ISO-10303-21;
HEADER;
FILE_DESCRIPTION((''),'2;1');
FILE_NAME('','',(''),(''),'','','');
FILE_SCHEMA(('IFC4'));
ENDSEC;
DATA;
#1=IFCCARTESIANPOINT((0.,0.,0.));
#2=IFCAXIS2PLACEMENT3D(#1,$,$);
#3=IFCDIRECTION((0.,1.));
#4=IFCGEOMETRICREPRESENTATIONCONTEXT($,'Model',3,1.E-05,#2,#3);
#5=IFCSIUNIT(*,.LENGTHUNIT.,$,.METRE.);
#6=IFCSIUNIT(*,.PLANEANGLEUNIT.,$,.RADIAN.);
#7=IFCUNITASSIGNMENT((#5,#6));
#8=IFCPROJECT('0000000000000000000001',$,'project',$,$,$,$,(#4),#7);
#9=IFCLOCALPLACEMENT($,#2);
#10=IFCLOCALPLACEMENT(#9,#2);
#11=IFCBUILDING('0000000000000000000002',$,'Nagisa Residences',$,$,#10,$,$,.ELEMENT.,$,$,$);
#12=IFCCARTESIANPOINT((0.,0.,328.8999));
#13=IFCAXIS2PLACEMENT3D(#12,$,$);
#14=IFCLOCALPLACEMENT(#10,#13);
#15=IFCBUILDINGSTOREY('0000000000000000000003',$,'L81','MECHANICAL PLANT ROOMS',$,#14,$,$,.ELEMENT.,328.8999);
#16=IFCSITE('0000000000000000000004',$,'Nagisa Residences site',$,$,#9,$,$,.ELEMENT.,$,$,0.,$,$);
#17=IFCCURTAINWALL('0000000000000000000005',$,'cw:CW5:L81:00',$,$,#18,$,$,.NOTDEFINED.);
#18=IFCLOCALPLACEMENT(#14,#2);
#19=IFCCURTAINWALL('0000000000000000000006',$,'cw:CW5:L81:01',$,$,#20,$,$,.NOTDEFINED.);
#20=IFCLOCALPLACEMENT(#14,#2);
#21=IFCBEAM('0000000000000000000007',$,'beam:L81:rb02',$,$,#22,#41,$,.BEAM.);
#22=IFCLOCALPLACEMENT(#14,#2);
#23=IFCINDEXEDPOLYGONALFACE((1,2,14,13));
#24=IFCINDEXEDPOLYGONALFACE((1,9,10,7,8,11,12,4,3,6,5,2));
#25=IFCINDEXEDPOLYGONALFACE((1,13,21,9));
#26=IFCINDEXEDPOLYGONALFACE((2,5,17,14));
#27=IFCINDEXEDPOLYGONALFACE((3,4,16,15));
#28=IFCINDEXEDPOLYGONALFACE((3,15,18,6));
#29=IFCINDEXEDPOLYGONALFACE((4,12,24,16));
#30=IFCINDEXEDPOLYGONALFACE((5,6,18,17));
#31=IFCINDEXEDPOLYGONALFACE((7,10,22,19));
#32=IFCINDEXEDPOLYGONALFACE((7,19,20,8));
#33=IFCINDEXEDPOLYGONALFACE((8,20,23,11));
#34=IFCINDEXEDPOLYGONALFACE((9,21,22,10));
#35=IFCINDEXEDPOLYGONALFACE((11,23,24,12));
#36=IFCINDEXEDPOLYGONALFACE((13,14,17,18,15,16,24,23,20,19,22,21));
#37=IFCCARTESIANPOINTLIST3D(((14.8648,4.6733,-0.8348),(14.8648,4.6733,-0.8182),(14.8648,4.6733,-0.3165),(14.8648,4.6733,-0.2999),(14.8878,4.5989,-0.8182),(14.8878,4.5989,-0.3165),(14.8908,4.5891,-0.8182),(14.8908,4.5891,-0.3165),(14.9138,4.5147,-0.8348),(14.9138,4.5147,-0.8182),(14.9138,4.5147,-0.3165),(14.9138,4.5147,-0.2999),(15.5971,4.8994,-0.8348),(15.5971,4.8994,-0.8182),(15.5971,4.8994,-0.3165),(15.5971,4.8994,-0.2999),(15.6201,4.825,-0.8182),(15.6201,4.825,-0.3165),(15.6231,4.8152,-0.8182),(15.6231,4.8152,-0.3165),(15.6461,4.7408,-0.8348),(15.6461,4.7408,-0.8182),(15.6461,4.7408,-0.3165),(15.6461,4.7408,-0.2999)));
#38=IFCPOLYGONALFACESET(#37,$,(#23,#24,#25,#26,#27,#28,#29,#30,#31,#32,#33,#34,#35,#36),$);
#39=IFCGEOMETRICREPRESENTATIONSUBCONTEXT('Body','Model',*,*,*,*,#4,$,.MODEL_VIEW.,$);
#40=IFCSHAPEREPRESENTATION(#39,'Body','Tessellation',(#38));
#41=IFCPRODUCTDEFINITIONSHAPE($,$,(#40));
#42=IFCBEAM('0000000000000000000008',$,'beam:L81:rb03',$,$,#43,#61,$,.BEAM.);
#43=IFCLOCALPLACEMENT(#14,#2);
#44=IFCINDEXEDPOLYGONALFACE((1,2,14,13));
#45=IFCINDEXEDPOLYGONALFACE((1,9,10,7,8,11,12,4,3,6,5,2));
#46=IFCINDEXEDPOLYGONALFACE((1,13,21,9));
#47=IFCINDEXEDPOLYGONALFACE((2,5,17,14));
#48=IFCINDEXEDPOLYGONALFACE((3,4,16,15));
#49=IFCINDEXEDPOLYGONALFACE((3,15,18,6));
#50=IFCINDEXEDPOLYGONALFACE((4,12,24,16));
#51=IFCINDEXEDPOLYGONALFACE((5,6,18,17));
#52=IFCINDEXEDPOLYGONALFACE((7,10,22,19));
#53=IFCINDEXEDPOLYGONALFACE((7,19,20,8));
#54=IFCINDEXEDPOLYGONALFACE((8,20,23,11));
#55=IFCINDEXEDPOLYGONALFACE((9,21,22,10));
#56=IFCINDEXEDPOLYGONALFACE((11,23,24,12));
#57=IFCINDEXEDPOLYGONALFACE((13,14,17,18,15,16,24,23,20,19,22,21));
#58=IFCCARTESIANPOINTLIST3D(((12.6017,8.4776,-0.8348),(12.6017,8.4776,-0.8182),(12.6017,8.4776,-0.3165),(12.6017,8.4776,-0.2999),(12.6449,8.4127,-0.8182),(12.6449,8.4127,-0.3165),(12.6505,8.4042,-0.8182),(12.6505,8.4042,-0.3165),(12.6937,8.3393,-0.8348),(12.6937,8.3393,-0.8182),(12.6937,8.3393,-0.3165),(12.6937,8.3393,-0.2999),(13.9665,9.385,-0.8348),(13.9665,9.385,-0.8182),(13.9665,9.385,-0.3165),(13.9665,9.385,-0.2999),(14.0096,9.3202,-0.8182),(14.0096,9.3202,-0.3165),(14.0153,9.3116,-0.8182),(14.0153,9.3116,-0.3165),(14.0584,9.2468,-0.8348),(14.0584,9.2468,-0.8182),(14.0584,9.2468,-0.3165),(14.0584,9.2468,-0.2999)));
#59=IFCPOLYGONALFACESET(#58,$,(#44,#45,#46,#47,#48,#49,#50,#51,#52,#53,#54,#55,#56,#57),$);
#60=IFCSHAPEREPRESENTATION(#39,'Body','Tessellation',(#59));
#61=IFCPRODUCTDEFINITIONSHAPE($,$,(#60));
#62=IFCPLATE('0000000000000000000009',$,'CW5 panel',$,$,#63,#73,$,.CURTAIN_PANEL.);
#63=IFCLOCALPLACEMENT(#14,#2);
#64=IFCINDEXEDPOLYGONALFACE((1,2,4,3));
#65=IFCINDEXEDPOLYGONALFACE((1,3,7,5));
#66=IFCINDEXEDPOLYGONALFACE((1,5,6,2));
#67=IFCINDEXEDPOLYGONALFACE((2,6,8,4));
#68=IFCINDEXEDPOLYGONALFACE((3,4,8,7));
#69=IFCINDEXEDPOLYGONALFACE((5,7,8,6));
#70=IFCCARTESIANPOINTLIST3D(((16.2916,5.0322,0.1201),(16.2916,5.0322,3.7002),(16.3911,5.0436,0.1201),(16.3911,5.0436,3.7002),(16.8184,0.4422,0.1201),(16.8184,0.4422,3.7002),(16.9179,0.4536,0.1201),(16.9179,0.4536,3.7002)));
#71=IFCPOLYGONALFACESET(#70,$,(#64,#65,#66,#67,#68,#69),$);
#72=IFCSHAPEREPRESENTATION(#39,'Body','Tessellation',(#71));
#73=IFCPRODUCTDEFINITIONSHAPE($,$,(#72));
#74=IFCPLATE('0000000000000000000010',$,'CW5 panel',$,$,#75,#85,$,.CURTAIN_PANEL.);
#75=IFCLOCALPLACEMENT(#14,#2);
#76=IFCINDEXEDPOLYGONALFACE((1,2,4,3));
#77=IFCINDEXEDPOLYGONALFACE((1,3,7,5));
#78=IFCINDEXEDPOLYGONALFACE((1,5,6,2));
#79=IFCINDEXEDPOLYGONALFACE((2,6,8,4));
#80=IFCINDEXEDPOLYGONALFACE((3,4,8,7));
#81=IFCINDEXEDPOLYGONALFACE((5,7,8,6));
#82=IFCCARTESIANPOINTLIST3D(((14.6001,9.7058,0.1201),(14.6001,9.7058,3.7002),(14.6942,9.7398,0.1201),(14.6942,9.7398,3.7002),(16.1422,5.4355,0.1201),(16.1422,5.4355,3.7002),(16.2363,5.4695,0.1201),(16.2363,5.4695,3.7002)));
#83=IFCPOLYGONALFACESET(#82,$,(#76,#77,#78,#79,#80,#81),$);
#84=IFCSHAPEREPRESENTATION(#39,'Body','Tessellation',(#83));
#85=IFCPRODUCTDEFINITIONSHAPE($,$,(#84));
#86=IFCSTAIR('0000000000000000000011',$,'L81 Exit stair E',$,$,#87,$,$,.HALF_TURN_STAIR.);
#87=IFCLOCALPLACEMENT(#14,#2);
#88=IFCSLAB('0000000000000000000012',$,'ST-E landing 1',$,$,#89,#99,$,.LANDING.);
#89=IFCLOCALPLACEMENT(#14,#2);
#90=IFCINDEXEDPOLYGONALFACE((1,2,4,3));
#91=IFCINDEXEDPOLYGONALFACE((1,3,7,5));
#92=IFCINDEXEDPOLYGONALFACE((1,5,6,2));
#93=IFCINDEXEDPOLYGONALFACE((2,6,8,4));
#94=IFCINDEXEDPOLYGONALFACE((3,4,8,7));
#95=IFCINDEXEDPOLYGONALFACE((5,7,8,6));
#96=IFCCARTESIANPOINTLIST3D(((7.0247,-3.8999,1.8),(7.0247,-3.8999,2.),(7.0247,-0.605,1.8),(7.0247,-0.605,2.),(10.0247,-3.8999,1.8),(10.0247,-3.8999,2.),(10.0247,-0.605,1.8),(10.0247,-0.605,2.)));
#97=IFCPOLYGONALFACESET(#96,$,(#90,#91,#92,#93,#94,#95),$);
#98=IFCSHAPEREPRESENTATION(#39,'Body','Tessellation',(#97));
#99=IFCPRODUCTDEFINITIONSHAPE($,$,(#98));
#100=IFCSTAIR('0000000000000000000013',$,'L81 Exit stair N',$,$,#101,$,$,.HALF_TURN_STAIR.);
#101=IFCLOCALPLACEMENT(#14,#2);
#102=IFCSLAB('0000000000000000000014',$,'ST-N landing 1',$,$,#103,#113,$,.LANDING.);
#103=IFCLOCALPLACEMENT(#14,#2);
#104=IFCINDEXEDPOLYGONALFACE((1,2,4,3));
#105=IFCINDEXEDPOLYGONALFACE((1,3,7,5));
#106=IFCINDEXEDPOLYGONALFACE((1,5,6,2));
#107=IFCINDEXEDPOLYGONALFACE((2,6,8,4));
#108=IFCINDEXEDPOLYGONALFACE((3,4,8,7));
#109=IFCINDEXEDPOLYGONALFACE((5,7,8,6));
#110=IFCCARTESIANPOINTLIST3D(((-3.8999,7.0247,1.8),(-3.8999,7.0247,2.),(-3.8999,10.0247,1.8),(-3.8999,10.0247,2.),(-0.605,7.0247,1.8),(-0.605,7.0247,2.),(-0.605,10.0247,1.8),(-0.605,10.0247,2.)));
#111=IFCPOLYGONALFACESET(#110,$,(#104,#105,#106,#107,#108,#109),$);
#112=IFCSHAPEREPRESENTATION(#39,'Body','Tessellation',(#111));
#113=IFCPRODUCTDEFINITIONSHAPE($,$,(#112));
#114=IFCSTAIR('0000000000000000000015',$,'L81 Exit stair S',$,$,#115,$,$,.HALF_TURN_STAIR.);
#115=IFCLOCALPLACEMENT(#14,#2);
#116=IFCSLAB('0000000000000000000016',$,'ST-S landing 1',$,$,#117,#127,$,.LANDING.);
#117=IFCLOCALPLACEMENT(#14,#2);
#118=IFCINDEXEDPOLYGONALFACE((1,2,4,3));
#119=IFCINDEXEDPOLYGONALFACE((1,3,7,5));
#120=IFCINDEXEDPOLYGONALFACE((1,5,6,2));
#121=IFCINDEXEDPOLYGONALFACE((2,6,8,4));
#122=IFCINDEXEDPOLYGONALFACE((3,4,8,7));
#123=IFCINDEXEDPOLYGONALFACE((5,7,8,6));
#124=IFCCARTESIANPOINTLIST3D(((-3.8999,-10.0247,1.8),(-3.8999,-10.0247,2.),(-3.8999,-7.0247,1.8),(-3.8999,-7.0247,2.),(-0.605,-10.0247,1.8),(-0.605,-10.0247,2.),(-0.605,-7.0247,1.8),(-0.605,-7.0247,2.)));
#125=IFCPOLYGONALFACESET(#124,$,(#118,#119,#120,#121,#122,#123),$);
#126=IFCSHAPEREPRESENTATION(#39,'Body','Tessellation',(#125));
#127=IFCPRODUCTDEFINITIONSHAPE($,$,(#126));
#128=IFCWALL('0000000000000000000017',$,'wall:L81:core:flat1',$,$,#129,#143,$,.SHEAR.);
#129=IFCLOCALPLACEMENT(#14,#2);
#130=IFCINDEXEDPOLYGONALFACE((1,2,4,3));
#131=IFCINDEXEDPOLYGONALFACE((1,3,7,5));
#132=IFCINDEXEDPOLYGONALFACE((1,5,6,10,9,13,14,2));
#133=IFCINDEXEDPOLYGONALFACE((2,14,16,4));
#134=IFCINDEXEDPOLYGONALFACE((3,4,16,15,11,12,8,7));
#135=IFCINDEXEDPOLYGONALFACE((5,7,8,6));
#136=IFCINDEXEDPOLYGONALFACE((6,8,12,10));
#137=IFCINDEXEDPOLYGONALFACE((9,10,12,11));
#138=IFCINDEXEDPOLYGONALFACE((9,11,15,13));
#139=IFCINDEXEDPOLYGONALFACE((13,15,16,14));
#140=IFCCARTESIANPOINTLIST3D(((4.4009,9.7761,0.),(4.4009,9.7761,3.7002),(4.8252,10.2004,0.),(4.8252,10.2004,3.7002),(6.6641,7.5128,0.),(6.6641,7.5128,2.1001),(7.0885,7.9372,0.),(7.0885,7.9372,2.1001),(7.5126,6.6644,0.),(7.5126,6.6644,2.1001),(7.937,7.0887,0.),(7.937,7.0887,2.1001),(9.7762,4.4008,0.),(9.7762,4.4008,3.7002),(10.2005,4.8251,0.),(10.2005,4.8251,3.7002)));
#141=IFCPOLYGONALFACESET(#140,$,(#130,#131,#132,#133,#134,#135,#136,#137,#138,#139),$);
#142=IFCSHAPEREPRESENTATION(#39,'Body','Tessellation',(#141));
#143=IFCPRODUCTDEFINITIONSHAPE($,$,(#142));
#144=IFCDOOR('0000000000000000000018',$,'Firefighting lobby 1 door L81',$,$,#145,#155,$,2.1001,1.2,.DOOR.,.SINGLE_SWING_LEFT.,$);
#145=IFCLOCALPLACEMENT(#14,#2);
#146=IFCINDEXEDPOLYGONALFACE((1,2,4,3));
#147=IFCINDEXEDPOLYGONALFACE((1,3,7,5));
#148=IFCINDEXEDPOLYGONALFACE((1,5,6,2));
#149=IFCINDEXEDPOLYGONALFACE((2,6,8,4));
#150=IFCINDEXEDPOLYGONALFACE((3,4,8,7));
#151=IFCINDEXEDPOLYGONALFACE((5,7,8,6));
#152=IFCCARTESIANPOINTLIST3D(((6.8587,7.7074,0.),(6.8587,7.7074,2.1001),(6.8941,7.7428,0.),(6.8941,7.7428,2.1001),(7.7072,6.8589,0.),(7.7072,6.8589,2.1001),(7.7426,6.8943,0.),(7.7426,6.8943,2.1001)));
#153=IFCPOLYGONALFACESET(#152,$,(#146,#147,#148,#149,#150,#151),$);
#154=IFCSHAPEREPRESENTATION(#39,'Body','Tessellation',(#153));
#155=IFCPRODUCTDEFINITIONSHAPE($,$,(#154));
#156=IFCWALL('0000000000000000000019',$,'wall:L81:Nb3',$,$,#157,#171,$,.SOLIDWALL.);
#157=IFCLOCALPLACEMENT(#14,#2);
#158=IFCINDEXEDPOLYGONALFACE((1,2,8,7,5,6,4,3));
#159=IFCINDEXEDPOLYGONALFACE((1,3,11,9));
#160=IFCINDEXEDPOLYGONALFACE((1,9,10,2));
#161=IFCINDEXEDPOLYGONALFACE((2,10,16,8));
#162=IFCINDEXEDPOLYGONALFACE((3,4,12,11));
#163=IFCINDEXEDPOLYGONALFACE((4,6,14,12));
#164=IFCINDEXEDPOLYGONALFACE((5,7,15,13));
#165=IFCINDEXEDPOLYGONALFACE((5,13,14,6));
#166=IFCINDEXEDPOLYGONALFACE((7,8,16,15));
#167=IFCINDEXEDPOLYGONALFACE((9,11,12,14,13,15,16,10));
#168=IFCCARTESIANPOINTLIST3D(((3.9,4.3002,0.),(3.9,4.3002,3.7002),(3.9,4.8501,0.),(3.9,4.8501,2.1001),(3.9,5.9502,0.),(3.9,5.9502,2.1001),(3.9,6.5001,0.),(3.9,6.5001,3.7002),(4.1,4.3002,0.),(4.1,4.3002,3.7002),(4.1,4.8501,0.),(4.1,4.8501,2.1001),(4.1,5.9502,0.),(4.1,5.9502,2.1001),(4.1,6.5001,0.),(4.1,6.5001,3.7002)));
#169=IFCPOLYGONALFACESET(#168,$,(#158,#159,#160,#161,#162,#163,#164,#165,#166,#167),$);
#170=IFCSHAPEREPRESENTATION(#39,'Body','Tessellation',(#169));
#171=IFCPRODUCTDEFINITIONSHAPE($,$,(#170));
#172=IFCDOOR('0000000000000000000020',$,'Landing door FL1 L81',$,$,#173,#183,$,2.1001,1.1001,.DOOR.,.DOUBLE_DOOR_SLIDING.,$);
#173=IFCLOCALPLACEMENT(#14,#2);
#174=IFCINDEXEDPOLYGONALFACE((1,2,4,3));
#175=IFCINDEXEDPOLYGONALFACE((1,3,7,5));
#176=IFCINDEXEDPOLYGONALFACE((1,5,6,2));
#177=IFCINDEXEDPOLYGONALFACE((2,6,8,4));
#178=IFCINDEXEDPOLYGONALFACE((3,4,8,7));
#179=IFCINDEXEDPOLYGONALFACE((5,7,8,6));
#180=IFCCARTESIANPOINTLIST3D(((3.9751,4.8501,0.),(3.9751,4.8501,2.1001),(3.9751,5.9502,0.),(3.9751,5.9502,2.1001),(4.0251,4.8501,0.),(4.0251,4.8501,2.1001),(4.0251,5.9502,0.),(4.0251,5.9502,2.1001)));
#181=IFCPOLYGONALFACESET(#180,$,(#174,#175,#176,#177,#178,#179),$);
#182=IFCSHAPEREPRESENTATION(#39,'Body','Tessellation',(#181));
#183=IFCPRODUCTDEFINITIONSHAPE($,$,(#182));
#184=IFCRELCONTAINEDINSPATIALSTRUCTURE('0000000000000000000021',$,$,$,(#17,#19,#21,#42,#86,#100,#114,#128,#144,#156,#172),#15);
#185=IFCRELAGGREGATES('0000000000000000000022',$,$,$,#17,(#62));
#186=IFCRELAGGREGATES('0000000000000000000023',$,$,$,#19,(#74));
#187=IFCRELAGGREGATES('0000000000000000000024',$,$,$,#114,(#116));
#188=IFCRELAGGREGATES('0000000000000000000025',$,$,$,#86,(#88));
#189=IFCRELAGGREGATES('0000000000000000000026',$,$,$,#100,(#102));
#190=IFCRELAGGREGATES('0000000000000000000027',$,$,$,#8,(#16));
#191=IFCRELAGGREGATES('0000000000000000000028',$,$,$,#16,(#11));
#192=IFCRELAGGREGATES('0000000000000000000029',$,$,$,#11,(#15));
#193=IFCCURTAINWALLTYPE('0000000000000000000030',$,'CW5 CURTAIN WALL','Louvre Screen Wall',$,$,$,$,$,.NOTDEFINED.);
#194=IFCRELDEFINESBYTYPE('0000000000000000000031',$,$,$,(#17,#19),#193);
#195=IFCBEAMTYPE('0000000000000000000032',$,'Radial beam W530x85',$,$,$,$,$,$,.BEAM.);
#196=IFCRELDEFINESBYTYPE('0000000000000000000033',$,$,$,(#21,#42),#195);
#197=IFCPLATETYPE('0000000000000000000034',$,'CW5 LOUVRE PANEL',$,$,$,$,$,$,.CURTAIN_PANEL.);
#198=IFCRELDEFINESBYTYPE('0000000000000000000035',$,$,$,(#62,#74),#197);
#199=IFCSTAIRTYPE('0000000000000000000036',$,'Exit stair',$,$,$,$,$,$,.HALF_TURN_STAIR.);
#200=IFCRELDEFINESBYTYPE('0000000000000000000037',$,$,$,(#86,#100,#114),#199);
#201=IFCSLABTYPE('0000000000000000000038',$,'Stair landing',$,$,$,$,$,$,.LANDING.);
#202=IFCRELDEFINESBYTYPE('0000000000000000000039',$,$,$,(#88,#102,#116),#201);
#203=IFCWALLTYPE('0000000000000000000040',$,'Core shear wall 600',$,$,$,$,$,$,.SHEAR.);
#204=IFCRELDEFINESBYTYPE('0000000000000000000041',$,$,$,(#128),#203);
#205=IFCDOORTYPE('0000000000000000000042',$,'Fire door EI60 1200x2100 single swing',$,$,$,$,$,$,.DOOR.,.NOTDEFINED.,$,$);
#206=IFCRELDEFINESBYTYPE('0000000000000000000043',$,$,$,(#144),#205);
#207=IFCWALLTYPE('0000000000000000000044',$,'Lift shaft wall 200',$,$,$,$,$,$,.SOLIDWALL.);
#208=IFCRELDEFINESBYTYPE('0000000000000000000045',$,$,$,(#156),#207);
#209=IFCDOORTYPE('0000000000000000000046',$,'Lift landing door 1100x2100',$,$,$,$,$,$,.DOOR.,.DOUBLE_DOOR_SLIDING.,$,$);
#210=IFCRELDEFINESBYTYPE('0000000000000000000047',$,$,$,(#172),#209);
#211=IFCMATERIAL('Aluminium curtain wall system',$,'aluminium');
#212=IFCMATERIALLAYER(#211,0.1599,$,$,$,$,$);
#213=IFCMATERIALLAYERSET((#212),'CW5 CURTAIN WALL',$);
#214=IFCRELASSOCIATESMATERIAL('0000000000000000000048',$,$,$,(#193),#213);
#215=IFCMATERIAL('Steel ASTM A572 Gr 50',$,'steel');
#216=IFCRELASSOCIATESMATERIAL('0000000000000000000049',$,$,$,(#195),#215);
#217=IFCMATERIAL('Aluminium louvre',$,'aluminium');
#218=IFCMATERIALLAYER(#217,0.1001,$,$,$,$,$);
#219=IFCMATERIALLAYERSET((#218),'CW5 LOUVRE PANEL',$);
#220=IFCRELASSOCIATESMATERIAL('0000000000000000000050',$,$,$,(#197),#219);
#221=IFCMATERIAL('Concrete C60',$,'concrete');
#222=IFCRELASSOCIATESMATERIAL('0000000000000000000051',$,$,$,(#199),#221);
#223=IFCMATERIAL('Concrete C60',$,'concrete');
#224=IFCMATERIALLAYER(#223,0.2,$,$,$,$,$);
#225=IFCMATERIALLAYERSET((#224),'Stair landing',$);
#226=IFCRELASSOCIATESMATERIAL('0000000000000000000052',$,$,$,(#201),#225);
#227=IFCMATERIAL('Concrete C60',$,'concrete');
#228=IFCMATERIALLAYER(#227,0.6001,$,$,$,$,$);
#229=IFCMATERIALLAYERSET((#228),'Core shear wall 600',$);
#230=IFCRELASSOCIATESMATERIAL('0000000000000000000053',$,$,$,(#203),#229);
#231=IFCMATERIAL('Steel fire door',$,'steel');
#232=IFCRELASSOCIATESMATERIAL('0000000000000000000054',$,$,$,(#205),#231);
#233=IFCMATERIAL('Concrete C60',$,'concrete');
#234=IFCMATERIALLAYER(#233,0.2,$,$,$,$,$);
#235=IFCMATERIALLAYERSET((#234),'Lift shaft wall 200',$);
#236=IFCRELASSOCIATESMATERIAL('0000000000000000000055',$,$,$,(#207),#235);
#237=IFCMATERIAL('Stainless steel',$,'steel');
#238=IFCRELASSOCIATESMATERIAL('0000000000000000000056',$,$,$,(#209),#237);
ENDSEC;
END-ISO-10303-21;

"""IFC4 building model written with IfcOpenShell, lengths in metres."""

from ifc_helpers import new_model, si_unit, direction, frame, frame_2d, origin, origin_2d, place, context, subcontext, project, spatial, polyline, rectangle, i_section, outline, extrude, material, layer, layer_set, material_profile, profile_set, type_object, element, fill, aggregate, save


model = new_model("IFC4")

# Units and contexts
model_context = context("Model", 3, precision=1e-05, world=origin(), true_north=direction((0.0, 1.0)))
body_context = subcontext(model_context, "Body", "Model", "MODEL_VIEW")
ifc_project = project(units=[si_unit("LENGTHUNIT", "METRE"), si_unit("PLANEANGLEUNIT", "RADIAN")], contexts=[model_context])

# Site, building, storey
site_placement = place(None, origin())
site = spatial("IfcSite", under=ifc_project, at=site_placement, Name="Nagisa Residences site", CompositionType="ELEMENT", RefElevation=0.0)
building_placement = place(site_placement, origin())
building = spatial("IfcBuilding", under=site, at=building_placement, Name="Nagisa Residences", CompositionType="ELEMENT")
storey_placement = place(building_placement, frame((0.0, 0.0, 328.8999)))
storey = spatial("IfcBuildingStorey", under=building, at=storey_placement, Name="L81", Description="MECHANICAL PLANT ROOMS", CompositionType="ELEMENT", Elevation=328.8999)

# Curtain walls
ifc_material_1 = material(Name="Aluminium curtain wall system", Category="aluminium")
ifc_layer_1 = layer(ifc_material_1, 0.1599)
ifc_layer_set_1 = layer_set([ifc_layer_1], Name="CW5 CURTAIN WALL")
curtain_wall_type = type_object("IfcCurtainWallType", Name="CW5 CURTAIN WALL", Description="Louvre Screen Wall", PredefinedType="NOTDEFINED", material=ifc_layer_set_1)
curtain_wall_1_placement = place(storey_placement, origin())
curtain_wall_1 = element("IfcCurtainWall", 1, at=curtain_wall_1_placement, inside=storey, type_object=curtain_wall_type, Name="cw:CW5:L81:00", PredefinedType="NOTDEFINED")
curtain_wall_2_placement = place(storey_placement, origin())
curtain_wall_2 = element("IfcCurtainWall", 2, at=curtain_wall_2_placement, inside=storey, type_object=curtain_wall_type, Name="cw:CW5:L81:01", PredefinedType="NOTDEFINED")

# Beams
ifc_material_2 = material(Name="Steel ASTM A572 Gr 50", Category="steel")
ifc_material_profile_1 = material_profile(ifc_material_2, i_section(OverallWidth=0.166, OverallDepth=0.5349, WebThickness=0.0103, FlangeThickness=0.0166, at=origin_2d()), Name="W530x85")
ifc_profile_set_1 = profile_set([ifc_material_profile_1], Name="Steel ASTM A572 Gr 50")
beam_type_1 = type_object("IfcBeamType", Name="Radial beam W530x85", PredefinedType="BEAM", material=ifc_profile_set_1)
beam_1_placement = place(storey_placement, frame((15.6216, 4.8201, -0.5674), z_axis=(-0.955489, -0.295026, 0.0), x_axis=(0.295026, -0.955489, 0.0)))
element("IfcBeam", 3, at=beam_1_placement, inside=storey, type_object=beam_type_1, Name="beam:L81:rb02", PredefinedType="BEAM", context=body_context, shape_type="SweptSolid", body=[
    extrude(i_section(OverallWidth=0.166, OverallDepth=0.5349, WebThickness=0.0103, FlangeThickness=0.0166, at=origin_2d()), origin(), (0.0, 0.0, 1.0), 0.7664),
])
beam_2_placement = place(storey_placement, frame((14.0125, 9.3159, -0.5674), z_axis=(-0.832714, -0.553703, 0.0), x_axis=(0.553703, -0.832714, 0.0)))
element("IfcBeam", 4, at=beam_2_placement, inside=storey, type_object=beam_type_1, Name="beam:L81:rb03", PredefinedType="BEAM", context=body_context, shape_type="SweptSolid", body=[
    extrude(i_section(OverallWidth=0.166, OverallDepth=0.5349, WebThickness=0.0103, FlangeThickness=0.0166, at=origin_2d()), origin(), (0.0, 0.0, 1.0), 1.6389),
])

# Plates
ifc_material_3 = material(Name="Aluminium louvre", Category="aluminium")
ifc_layer_2 = layer(ifc_material_3, 0.1001)
ifc_layer_set_2 = layer_set([ifc_layer_2], Name="CW5 LOUVRE PANEL")
plate_type = type_object("IfcPlateType", Name="CW5 LOUVRE PANEL", PredefinedType="CURTAIN_PANEL", material=ifc_layer_set_2)
plate_1_placement = place(storey_placement, frame((16.6047, 2.7429, 0.1201), z_axis=(0.0, 0.0, 1.0), x_axis=(-0.114025, 0.993478, 0.0)))
plate_1 = element("IfcPlate", 5, at=plate_1_placement, type_object=plate_type, Name="CW5 panel", PredefinedType="CURTAIN_PANEL", context=body_context, shape_type="SweptSolid", body=[
    extrude(rectangle(XDim=4.6201, YDim=0.1001, at=origin_2d()), origin(), (0.0, 0.0, 1.0), 3.5801),
])
aggregate(curtain_wall_1, [plate_1])
plate_2_placement = place(storey_placement, frame((15.4182, 7.5876, 0.1201), z_axis=(0.0, 0.0, 1.0), x_axis=(-0.339643, 0.940554, 0.0)))
plate_2 = element("IfcPlate", 6, at=plate_2_placement, type_object=plate_type, Name="CW5 panel", PredefinedType="CURTAIN_PANEL", context=body_context, shape_type="SweptSolid", body=[
    extrude(rectangle(XDim=4.5403, YDim=0.1001, at=origin_2d()), origin(), (0.0, 0.0, 1.0), 3.5801),
])
aggregate(curtain_wall_2, [plate_2])

# Stairs, slabs
ifc_material_4 = material(Name="Concrete C60", Category="concrete")
stair_type = type_object("IfcStairType", Name="Exit stair", PredefinedType="HALF_TURN_STAIR", material=ifc_material_4)
stair_1_placement = place(storey_placement, origin())
stair_1 = element("IfcStair", 7, at=stair_1_placement, inside=storey, type_object=stair_type, Name="L81 Exit stair E", PredefinedType="HALF_TURN_STAIR")
ifc_material_5 = material(Name="Concrete C60", Category="concrete")
ifc_layer_3 = layer(ifc_material_5, 0.2)
ifc_layer_set_3 = layer_set([ifc_layer_3], Name="Stair landing")
slab_type = type_object("IfcSlabType", Name="Stair landing", PredefinedType="LANDING", material=ifc_layer_set_3)
slab_1_placement = place(storey_placement, frame((0.0, 0.0, 1.8)))
slab_1 = element("IfcSlab", 8, at=slab_1_placement, type_object=slab_type, Name="ST-E landing 1", PredefinedType="LANDING", context=body_context, shape_type="SweptSolid", body=[
    extrude(outline(polyline([(7.0247, -0.605), (7.0247, -3.8999), (10.0247, -3.8999), (10.0247, -0.605), (7.0247, -0.605)])), origin(), (0.0, 0.0, 1.0), 0.2),
])
stair_2_placement = place(storey_placement, origin())
stair_2 = element("IfcStair", 9, at=stair_2_placement, inside=storey, type_object=stair_type, Name="L81 Exit stair N", PredefinedType="HALF_TURN_STAIR")
slab_2_placement = place(storey_placement, frame((0.0, 0.0, 1.8)))
slab_2 = element("IfcSlab", 10, at=slab_2_placement, type_object=slab_type, Name="ST-N landing 1", PredefinedType="LANDING", context=body_context, shape_type="SweptSolid", body=[
    extrude(outline(polyline([(-0.605, 10.0247), (-3.8999, 10.0247), (-3.8999, 7.0247), (-0.605, 7.0247), (-0.605, 10.0247)])), origin(), (0.0, 0.0, 1.0), 0.2),
])
stair_3_placement = place(storey_placement, origin())
stair_3 = element("IfcStair", 11, at=stair_3_placement, inside=storey, type_object=stair_type, Name="L81 Exit stair S", PredefinedType="HALF_TURN_STAIR")
slab_3_placement = place(storey_placement, frame((0.0, 0.0, 1.8)))
slab_3 = element("IfcSlab", 12, at=slab_3_placement, type_object=slab_type, Name="ST-S landing 1", PredefinedType="LANDING", context=body_context, shape_type="SweptSolid", body=[
    extrude(outline(polyline([(-0.605, -7.0247), (-3.8999, -7.0247), (-3.8999, -10.0247), (-0.605, -10.0247), (-0.605, -7.0247)])), origin(), (0.0, 0.0, 1.0), 0.2),
])
aggregate(stair_3, [slab_3])

# Walls, openings, doors
ifc_material_6 = material(Name="Concrete C60", Category="concrete")
ifc_layer_4 = layer(ifc_material_6, 0.6001)
ifc_layer_set_4 = layer_set([ifc_layer_4], Name="Core shear wall 600")
wall_type_1 = type_object("IfcWallType", Name="Core shear wall 600", PredefinedType="SHEAR", material=ifc_layer_set_4)
wall_1_placement = place(storey_placement, frame((9.9883, 4.613, 0.0), z_axis=(0.0, 0.0, 1.0), x_axis=(-0.707107, 0.707107, 0.0)))
wall_1 = element("IfcWall", 13, at=wall_1_placement, inside=storey, type_object=wall_type_1, Name="wall:L81:core:flat1", PredefinedType="SHEAR", context=body_context, shape_type="SweptSolid", body=[
    extrude(rectangle(XDim=7.6018, YDim=0.6001, at=frame_2d((3.8008, 0.0))), origin(), (0.0, 0.0, 1.0), 3.7002),
])
opening_1_placement = place(wall_1_placement, frame((3.2009, 0.0, 0.0)))
opening_1 = element("IfcOpeningElement", 14, at=opening_1_placement, cuts=wall_1, PredefinedType="OPENING", context=body_context, shape_type="SweptSolid", body=[
    extrude(rectangle(XDim=1.2, YDim=2.1001, at=frame_2d((0.6001, 1.05))), frame((0.0, 0.3101, 0.0), z_axis=(0.0, -1.0, 0.0), x_axis=(1.0, 0.0, 0.0)), (0.0, 0.0, 1.0), 0.6201),
])
ifc_material_7 = material(Name="Steel fire door", Category="steel")
door_type_1 = type_object("IfcDoorType", Name="Fire door EI60 1200x2100 single swing", OperationType="NOTDEFINED", PredefinedType="DOOR", material=ifc_material_7)
door_1_placement = place(opening_1_placement, origin())
door_1 = element("IfcDoor", 15, at=door_1_placement, inside=storey, type_object=door_type_1, Name="Firefighting lobby 1 door L81", OperationType="SINGLE_SWING_LEFT", OverallHeight=2.1001, OverallWidth=1.2, PredefinedType="DOOR", context=body_context, shape_type="SweptSolid", body=[
    extrude(rectangle(XDim=1.2, YDim=2.1001, at=frame_2d((0.6001, 1.05))), frame((0.0, 0.0249, 0.0), z_axis=(0.0, -1.0, 0.0), x_axis=(1.0, 0.0, 0.0)), (0.0, 0.0, 1.0), 0.05),
])
fill(opening_1, door_1)
ifc_material_8 = material(Name="Concrete C60", Category="concrete")
ifc_layer_5 = layer(ifc_material_8, 0.2)
ifc_layer_set_5 = layer_set([ifc_layer_5], Name="Lift shaft wall 200")
wall_type_2 = type_object("IfcWallType", Name="Lift shaft wall 200", PredefinedType="SOLIDWALL", material=ifc_layer_set_5)
wall_2_placement = place(storey_placement, frame((4.0, 4.3, 0.0), z_axis=(0.0, 0.0, 1.0), x_axis=(0.0, 1.0, 0.0)))
wall_2 = element("IfcWall", 16, at=wall_2_placement, inside=storey, type_object=wall_type_2, Name="wall:L81:Nb3", PredefinedType="SOLIDWALL", context=body_context, shape_type="SweptSolid", body=[
    extrude(rectangle(XDim=2.2, YDim=0.2, at=frame_2d((1.1001, 0.0))), origin(), (0.0, 0.0, 1.0), 3.7002),
])
opening_2_placement = place(wall_2_placement, frame((0.55, 0.0, 0.0)))
opening_2 = element("IfcOpeningElement", 17, at=opening_2_placement, cuts=wall_2, PredefinedType="OPENING", context=body_context, shape_type="SweptSolid", body=[
    extrude(rectangle(XDim=1.1001, YDim=2.1001, at=frame_2d((0.55, 1.05))), frame((0.0, 0.1099, 0.0), z_axis=(0.0, -1.0, 0.0), x_axis=(1.0, 0.0, 0.0)), (0.0, 0.0, 1.0), 0.22),
])
ifc_material_9 = material(Name="Stainless steel", Category="steel")
door_type_2 = type_object("IfcDoorType", Name="Lift landing door 1100x2100", OperationType="DOUBLE_DOOR_SLIDING", PredefinedType="DOOR", material=ifc_material_9)
door_2_placement = place(opening_2_placement, origin())
door_2 = element("IfcDoor", 18, at=door_2_placement, inside=storey, type_object=door_type_2, Name="Landing door FL1 L81", OperationType="DOUBLE_DOOR_SLIDING", OverallHeight=2.1001, OverallWidth=1.1001, PredefinedType="DOOR", context=body_context, shape_type="SweptSolid", body=[
    extrude(rectangle(XDim=1.1001, YDim=2.1001, at=frame_2d((0.55, 1.05))), frame((0.0, 0.0249, 0.0), z_axis=(0.0, -1.0, 0.0), x_axis=(1.0, 0.0, 0.0)), (0.0, 0.0, 1.0), 0.05),
])
fill(opening_2, door_2)

aggregate(stair_1, [slab_1])
aggregate(stair_2, [slab_2])

save(model, "model.ifc")
